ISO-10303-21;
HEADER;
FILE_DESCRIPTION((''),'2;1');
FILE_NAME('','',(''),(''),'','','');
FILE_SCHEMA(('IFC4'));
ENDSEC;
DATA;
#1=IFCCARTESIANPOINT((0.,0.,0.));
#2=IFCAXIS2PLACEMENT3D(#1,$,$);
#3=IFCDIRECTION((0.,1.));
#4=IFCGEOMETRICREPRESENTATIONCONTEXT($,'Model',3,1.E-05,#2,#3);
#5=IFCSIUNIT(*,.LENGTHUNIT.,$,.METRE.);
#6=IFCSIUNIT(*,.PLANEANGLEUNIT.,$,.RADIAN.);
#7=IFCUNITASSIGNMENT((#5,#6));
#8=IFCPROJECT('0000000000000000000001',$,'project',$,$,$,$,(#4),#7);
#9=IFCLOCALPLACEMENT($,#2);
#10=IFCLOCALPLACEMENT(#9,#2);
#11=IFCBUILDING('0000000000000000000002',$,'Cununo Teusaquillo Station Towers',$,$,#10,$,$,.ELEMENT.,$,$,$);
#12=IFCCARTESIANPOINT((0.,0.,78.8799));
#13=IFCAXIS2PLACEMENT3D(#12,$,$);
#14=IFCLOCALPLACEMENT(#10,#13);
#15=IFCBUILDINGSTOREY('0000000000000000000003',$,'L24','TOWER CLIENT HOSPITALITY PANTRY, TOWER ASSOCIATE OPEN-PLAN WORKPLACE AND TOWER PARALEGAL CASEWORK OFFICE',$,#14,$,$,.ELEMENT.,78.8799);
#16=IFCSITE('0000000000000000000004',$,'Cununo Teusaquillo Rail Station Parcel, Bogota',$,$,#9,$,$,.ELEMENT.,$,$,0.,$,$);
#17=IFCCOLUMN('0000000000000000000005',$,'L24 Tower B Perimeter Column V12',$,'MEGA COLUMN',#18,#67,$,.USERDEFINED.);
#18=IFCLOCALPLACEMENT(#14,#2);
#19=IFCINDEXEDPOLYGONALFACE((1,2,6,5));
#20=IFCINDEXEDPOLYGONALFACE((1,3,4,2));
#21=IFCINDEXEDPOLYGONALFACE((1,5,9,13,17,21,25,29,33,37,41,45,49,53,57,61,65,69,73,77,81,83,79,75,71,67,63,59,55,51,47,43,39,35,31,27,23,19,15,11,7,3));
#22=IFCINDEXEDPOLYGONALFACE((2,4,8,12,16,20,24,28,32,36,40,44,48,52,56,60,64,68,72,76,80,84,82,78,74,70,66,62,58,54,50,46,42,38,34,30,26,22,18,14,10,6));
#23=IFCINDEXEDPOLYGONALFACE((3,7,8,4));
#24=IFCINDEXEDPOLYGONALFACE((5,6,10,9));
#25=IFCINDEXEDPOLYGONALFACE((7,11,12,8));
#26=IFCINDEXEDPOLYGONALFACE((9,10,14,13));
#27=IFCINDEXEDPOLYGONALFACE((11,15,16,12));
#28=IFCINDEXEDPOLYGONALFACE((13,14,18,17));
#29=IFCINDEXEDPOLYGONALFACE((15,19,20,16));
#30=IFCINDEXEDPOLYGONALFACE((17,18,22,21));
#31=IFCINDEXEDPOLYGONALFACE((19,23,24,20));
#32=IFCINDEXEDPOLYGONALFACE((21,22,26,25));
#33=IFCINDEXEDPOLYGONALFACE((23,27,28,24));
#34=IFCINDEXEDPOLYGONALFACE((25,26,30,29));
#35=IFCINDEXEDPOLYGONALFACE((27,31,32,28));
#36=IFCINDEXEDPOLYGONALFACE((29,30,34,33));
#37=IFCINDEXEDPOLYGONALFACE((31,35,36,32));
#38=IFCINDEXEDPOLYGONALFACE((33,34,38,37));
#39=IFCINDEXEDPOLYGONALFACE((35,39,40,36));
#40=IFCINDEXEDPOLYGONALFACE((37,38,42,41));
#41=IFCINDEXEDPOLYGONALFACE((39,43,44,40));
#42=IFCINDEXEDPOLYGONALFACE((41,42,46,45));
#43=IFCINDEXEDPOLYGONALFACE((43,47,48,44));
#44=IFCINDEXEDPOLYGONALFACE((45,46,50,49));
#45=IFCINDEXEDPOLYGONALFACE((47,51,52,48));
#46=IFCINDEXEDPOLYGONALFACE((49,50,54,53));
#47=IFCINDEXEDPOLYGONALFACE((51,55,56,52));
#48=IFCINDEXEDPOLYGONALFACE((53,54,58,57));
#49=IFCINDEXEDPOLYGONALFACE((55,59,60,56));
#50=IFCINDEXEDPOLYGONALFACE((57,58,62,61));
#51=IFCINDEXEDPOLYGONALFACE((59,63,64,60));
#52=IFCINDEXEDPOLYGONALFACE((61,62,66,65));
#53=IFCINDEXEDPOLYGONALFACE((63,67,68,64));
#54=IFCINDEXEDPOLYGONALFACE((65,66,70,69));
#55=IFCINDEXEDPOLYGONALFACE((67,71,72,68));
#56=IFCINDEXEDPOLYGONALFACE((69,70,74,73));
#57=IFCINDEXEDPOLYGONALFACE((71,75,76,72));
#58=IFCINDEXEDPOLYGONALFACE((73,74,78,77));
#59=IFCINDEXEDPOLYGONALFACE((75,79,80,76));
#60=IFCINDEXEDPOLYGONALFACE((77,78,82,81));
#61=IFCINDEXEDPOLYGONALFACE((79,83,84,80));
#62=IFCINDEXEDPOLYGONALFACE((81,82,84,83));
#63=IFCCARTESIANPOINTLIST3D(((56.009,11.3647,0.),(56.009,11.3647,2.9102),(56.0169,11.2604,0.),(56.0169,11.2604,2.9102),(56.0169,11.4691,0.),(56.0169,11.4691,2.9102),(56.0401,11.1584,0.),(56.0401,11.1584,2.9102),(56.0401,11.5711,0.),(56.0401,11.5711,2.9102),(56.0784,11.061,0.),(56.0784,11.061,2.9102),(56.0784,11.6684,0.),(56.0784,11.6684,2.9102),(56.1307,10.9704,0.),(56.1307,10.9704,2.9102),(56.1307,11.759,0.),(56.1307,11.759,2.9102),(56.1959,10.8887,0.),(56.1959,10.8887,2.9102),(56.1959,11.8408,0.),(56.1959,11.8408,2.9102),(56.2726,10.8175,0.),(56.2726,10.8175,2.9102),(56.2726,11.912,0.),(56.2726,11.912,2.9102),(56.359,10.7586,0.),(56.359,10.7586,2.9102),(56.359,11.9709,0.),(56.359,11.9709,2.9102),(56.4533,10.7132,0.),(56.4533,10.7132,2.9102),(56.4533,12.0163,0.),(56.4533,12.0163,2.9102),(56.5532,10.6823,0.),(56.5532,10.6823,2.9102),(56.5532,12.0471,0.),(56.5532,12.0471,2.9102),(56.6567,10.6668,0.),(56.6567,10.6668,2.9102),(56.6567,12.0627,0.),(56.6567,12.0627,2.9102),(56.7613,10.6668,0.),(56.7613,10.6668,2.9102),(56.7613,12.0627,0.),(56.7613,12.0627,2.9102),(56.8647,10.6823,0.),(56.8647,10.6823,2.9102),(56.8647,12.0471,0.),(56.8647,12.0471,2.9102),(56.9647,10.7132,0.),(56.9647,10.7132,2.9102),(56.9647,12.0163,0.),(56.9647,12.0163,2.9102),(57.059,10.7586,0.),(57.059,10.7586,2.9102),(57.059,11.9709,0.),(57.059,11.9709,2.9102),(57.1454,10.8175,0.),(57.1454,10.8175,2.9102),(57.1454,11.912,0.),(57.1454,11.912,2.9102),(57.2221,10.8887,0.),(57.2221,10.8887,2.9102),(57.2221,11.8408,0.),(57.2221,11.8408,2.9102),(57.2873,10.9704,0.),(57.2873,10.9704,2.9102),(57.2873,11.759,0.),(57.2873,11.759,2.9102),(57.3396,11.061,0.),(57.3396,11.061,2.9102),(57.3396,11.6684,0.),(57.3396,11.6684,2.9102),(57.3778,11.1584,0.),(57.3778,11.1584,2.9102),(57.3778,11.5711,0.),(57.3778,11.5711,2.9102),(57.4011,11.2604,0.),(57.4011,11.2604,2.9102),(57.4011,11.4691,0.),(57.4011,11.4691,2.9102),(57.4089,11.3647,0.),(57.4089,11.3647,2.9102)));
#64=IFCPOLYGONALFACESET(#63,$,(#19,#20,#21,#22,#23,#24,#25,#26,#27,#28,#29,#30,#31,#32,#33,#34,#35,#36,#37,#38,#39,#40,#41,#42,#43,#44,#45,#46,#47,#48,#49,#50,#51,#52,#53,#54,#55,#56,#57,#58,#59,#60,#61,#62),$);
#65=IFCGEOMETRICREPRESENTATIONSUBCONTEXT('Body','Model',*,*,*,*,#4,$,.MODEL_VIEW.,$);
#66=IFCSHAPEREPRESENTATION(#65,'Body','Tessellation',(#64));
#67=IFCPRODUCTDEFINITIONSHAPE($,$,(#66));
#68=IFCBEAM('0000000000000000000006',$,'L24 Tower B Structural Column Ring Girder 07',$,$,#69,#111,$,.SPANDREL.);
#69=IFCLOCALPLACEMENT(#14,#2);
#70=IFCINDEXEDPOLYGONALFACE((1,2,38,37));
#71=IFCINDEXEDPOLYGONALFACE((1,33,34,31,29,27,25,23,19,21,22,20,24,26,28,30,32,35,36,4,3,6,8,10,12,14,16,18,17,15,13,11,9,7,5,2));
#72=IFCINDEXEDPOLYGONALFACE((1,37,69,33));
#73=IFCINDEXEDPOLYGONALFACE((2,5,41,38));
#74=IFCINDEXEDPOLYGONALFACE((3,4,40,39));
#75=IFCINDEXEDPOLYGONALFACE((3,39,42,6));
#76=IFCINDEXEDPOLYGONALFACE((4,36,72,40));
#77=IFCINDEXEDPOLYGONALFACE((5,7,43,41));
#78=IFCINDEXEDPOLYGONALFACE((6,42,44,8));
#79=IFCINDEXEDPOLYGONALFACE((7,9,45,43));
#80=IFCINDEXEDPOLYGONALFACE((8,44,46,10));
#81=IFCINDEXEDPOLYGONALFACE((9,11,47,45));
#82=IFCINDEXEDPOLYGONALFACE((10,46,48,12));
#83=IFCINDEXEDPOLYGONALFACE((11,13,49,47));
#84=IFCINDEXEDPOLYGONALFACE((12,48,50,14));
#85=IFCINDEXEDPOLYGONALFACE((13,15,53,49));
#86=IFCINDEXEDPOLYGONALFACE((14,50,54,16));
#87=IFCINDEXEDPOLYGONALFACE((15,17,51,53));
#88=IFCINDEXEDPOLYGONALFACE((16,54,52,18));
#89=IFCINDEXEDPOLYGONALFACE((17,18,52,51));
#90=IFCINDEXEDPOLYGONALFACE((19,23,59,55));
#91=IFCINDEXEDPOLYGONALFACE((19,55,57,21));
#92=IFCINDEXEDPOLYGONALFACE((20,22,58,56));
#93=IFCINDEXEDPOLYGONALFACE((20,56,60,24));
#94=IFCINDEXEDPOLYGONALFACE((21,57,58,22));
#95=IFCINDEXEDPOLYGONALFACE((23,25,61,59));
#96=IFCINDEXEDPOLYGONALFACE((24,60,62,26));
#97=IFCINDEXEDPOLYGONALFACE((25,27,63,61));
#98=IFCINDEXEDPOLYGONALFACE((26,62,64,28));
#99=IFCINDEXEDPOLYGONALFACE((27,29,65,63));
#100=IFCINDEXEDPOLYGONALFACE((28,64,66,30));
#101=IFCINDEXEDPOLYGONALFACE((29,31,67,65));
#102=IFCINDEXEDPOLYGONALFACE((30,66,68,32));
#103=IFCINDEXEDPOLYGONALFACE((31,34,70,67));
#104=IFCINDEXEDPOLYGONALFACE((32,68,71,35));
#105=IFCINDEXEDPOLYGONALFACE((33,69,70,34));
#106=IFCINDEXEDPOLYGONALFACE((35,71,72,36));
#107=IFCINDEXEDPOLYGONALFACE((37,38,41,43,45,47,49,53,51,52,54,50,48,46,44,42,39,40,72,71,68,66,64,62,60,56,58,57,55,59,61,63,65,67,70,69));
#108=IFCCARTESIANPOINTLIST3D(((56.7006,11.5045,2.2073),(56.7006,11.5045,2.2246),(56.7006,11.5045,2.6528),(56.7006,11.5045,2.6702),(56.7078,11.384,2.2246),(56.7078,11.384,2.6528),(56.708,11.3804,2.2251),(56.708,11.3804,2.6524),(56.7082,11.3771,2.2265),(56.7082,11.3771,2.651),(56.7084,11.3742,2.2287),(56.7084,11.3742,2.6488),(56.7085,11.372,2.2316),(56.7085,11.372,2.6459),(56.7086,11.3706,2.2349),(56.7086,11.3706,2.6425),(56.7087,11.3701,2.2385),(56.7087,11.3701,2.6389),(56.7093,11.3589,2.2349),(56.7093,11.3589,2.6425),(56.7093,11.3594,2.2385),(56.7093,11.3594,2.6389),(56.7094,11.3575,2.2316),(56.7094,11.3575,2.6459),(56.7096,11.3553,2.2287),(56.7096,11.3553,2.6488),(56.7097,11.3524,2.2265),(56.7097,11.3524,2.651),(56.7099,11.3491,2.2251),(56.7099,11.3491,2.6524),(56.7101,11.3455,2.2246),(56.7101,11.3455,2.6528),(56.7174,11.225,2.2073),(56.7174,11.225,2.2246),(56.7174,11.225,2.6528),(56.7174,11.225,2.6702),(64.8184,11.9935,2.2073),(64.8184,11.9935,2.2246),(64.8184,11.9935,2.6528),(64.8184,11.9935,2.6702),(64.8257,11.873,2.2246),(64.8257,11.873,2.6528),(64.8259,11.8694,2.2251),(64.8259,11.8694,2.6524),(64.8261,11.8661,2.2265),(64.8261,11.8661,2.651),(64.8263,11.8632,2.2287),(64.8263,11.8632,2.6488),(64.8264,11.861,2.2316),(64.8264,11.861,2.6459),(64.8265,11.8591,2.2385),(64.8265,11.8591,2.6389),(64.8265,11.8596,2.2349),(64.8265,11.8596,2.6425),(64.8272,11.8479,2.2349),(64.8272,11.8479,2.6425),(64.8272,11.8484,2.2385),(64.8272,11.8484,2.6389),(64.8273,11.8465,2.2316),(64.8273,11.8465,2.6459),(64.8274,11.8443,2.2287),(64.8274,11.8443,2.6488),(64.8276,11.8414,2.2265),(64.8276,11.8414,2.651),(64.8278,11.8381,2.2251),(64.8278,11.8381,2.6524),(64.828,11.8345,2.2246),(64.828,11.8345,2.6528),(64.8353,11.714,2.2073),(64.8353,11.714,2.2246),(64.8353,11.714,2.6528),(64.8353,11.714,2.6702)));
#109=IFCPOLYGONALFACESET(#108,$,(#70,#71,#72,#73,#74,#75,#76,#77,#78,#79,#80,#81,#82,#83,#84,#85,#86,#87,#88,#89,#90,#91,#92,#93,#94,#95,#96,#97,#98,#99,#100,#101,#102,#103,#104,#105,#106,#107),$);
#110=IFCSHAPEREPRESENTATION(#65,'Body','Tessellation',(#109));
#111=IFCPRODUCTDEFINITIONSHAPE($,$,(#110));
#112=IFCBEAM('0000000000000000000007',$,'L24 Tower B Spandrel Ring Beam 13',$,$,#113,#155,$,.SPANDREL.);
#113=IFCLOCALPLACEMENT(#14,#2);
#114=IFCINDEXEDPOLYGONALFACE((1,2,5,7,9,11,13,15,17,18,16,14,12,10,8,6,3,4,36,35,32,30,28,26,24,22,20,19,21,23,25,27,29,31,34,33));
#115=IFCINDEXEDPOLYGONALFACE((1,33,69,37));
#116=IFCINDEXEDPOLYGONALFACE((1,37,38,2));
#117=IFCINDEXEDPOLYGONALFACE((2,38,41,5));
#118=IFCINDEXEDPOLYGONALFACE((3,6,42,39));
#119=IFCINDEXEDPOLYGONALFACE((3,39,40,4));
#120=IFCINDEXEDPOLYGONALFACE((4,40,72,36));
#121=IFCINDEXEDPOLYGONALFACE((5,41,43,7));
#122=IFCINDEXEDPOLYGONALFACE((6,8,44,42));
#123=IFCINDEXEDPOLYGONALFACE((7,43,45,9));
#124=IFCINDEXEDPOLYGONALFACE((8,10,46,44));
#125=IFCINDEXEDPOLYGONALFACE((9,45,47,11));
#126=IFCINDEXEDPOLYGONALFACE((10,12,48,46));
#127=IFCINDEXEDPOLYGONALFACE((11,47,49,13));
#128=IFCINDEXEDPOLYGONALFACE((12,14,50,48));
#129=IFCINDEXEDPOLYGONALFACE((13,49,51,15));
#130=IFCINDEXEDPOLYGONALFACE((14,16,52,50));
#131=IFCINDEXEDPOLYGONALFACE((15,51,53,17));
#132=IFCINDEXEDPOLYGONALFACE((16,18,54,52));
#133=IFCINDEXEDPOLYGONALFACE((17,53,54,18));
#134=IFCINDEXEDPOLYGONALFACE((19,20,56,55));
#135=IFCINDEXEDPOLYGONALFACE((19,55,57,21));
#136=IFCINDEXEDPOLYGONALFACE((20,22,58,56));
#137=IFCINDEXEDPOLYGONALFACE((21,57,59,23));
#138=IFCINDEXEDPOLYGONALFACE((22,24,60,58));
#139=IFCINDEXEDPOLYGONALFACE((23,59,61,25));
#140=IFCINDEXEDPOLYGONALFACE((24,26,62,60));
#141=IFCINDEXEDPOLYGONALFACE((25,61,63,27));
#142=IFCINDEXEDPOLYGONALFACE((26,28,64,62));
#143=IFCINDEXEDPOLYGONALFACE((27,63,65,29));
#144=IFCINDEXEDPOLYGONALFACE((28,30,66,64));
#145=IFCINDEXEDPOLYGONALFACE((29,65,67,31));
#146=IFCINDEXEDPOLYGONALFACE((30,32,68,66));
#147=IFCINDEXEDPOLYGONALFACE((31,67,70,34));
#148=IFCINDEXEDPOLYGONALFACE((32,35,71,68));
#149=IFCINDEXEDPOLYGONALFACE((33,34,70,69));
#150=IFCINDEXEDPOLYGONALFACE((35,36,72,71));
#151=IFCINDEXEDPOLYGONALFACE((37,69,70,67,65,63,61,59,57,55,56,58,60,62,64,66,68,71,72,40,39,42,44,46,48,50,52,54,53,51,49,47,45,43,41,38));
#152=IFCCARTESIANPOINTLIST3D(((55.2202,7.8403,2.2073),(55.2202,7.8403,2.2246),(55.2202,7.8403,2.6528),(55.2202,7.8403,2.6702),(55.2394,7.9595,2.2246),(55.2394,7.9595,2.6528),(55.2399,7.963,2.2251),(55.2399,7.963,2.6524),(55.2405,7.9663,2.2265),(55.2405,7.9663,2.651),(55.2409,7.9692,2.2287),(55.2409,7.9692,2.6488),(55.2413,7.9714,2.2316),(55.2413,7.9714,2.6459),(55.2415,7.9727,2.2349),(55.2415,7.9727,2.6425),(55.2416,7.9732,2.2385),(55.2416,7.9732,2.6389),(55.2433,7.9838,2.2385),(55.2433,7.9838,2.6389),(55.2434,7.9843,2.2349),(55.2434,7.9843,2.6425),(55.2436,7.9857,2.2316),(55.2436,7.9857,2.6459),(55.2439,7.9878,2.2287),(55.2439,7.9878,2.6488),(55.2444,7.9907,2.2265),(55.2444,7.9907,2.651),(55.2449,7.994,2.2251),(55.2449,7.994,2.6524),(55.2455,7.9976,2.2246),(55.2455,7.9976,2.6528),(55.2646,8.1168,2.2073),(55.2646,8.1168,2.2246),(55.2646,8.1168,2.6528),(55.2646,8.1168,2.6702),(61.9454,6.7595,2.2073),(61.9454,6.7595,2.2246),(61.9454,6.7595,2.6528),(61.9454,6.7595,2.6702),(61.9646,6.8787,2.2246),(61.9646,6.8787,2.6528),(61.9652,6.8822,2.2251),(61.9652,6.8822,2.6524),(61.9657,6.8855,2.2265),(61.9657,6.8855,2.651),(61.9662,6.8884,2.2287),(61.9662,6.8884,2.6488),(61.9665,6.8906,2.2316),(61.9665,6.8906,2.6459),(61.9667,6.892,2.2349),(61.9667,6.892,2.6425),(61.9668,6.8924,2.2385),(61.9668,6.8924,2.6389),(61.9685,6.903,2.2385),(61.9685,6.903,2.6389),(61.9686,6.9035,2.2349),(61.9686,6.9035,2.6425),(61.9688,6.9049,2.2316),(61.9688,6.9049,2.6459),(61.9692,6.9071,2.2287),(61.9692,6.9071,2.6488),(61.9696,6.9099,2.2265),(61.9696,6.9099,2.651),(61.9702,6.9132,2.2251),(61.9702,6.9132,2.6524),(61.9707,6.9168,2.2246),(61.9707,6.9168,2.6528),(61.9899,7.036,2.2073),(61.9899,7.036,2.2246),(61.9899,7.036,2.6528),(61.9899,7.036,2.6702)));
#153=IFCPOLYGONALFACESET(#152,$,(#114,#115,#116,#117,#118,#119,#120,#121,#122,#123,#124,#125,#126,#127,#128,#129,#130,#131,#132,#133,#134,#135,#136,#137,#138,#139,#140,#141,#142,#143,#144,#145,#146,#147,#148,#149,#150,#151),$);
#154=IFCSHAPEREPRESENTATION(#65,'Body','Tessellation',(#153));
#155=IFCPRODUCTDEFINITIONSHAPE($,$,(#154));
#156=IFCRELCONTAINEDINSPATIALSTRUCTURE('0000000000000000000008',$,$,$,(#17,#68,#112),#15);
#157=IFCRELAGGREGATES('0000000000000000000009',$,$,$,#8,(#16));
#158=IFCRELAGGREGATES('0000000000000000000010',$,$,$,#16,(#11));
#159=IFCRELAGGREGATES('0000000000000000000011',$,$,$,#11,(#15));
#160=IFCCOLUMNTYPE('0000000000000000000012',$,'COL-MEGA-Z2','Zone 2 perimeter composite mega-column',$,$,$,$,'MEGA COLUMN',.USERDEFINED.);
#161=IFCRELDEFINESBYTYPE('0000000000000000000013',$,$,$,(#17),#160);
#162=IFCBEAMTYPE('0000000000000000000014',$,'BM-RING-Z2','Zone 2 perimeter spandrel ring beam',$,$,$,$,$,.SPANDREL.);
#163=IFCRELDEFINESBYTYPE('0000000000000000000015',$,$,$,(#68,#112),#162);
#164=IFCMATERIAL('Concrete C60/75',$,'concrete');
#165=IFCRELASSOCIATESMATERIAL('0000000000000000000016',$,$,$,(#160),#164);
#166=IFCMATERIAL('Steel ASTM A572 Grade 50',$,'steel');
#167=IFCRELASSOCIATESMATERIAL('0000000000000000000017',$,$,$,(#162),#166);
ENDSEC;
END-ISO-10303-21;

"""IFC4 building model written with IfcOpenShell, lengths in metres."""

from ifc_helpers import new_model, si_unit, direction, frame, origin, origin_2d, place, context, subcontext, project, spatial, circle, i_section, extrude, material, material_profile, profile_set, type_object, element, save


model = new_model("IFC4")

# Units and contexts
model_context = context("Model", 3, precision=1e-05, world=origin(), true_north=direction((0.0, 1.0)))
body_context = subcontext(model_context, "Body", "Model", "MODEL_VIEW")
ifc_project = project(units=[si_unit("LENGTHUNIT", "METRE"), si_unit("PLANEANGLEUNIT", "RADIAN")], contexts=[model_context])

# Site, building, storey
site_placement = place(None, origin())
site = spatial("IfcSite", under=ifc_project, at=site_placement, Name="Cununo Teusaquillo Rail Station Parcel, Bogota", CompositionType="ELEMENT", RefElevation=0.0)
building_placement = place(site_placement, origin())
building = spatial("IfcBuilding", under=site, at=building_placement, Name="Cununo Teusaquillo Station Towers", CompositionType="ELEMENT")
storey_placement = place(building_placement, frame((0.0, 0.0, 78.8799)))
storey = spatial("IfcBuildingStorey", under=building, at=storey_placement, Name="L24", Description="TOWER CLIENT HOSPITALITY PANTRY, TOWER ASSOCIATE OPEN-PLAN WORKPLACE AND TOWER PARALEGAL CASEWORK OFFICE", CompositionType="ELEMENT", Elevation=78.8799)

# Column
ifc_material_1 = material(Name="Concrete C60/75", Category="concrete")
ifc_material_profile_1 = material_profile(ifc_material_1, circle(Radius=0.7, at=origin_2d()), Name="RC-CIRC-1400")
ifc_profile_set_1 = profile_set([ifc_material_profile_1], Name="Concrete C60/75")
column_type = type_object("IfcColumnType", Name="COL-MEGA-Z2", Description="Zone 2 perimeter composite mega-column", ElementType="MEGA COLUMN", PredefinedType="USERDEFINED", material=ifc_profile_set_1)
column_placement = place(storey_placement, frame((56.709, 11.3647, 0.0), z_axis=(0.0, 0.0, 1.0), x_axis=(1.0, 0.0, 0.0)))
element("IfcColumn", 1, at=column_placement, inside=storey, type_object=column_type, Name="L24 Tower B Perimeter Column V12", ObjectType="MEGA COLUMN", PredefinedType="USERDEFINED", context=body_context, shape_type="SweptSolid", body=[
    extrude(circle(Radius=0.7, at=origin_2d()), origin(), (0.0, 0.0, 1.0), 2.9102),
])

# Beams
ifc_material_2 = material(Name="Steel ASTM A572 Grade 50", Category="steel")
ifc_material_profile_2 = material_profile(ifc_material_2, i_section(OverallWidth=0.28, OverallDepth=0.4629, WebThickness=0.0107, FlangeThickness=0.0173, FilletRadius=0.0139, at=origin_2d()), Name="W18X76")
ifc_profile_set_2 = profile_set([ifc_material_profile_2], Name="Steel ASTM A572 Grade 50")
beam_type = type_object("IfcBeamType", Name="BM-RING-Z2", Description="Zone 2 perimeter spandrel ring beam", PredefinedType="SPANDREL", material=ifc_profile_set_2)
beam_1_placement = place(storey_placement, frame((56.709, 11.3647, 2.4387), z_axis=(0.998191, 0.06013, 0.0), x_axis=(-0.06013, 0.998191, 0.0)))
element("IfcBeam", 2, at=beam_1_placement, inside=storey, type_object=beam_type, Name="L24 Tower B Structural Column Ring Girder 07", PredefinedType="SPANDREL", context=body_context, shape_type="SweptSolid", body=[
    extrude(i_section(OverallWidth=0.28, OverallDepth=0.4629, WebThickness=0.0107, FlangeThickness=0.0173, FilletRadius=0.0139, at=origin_2d()), origin(), (0.0, 0.0, 1.0), 8.1326),
])
beam_2_placement = place(storey_placement, frame((55.2424, 7.9785, 2.4387), z_axis=(0.987331, -0.158671, 0.0), x_axis=(0.158671, 0.987331, 0.0)))
element("IfcBeam", 3, at=beam_2_placement, inside=storey, type_object=beam_type, Name="L24 Tower B Spandrel Ring Beam 13", PredefinedType="SPANDREL", context=body_context, shape_type="SweptSolid", body=[
    extrude(i_section(OverallWidth=0.28, OverallDepth=0.4629, WebThickness=0.0107, FlangeThickness=0.0173, FilletRadius=0.0139, at=origin_2d()), origin(), (0.0, 0.0, 1.0), 6.8115),
])

save(model, "model.ifc")
